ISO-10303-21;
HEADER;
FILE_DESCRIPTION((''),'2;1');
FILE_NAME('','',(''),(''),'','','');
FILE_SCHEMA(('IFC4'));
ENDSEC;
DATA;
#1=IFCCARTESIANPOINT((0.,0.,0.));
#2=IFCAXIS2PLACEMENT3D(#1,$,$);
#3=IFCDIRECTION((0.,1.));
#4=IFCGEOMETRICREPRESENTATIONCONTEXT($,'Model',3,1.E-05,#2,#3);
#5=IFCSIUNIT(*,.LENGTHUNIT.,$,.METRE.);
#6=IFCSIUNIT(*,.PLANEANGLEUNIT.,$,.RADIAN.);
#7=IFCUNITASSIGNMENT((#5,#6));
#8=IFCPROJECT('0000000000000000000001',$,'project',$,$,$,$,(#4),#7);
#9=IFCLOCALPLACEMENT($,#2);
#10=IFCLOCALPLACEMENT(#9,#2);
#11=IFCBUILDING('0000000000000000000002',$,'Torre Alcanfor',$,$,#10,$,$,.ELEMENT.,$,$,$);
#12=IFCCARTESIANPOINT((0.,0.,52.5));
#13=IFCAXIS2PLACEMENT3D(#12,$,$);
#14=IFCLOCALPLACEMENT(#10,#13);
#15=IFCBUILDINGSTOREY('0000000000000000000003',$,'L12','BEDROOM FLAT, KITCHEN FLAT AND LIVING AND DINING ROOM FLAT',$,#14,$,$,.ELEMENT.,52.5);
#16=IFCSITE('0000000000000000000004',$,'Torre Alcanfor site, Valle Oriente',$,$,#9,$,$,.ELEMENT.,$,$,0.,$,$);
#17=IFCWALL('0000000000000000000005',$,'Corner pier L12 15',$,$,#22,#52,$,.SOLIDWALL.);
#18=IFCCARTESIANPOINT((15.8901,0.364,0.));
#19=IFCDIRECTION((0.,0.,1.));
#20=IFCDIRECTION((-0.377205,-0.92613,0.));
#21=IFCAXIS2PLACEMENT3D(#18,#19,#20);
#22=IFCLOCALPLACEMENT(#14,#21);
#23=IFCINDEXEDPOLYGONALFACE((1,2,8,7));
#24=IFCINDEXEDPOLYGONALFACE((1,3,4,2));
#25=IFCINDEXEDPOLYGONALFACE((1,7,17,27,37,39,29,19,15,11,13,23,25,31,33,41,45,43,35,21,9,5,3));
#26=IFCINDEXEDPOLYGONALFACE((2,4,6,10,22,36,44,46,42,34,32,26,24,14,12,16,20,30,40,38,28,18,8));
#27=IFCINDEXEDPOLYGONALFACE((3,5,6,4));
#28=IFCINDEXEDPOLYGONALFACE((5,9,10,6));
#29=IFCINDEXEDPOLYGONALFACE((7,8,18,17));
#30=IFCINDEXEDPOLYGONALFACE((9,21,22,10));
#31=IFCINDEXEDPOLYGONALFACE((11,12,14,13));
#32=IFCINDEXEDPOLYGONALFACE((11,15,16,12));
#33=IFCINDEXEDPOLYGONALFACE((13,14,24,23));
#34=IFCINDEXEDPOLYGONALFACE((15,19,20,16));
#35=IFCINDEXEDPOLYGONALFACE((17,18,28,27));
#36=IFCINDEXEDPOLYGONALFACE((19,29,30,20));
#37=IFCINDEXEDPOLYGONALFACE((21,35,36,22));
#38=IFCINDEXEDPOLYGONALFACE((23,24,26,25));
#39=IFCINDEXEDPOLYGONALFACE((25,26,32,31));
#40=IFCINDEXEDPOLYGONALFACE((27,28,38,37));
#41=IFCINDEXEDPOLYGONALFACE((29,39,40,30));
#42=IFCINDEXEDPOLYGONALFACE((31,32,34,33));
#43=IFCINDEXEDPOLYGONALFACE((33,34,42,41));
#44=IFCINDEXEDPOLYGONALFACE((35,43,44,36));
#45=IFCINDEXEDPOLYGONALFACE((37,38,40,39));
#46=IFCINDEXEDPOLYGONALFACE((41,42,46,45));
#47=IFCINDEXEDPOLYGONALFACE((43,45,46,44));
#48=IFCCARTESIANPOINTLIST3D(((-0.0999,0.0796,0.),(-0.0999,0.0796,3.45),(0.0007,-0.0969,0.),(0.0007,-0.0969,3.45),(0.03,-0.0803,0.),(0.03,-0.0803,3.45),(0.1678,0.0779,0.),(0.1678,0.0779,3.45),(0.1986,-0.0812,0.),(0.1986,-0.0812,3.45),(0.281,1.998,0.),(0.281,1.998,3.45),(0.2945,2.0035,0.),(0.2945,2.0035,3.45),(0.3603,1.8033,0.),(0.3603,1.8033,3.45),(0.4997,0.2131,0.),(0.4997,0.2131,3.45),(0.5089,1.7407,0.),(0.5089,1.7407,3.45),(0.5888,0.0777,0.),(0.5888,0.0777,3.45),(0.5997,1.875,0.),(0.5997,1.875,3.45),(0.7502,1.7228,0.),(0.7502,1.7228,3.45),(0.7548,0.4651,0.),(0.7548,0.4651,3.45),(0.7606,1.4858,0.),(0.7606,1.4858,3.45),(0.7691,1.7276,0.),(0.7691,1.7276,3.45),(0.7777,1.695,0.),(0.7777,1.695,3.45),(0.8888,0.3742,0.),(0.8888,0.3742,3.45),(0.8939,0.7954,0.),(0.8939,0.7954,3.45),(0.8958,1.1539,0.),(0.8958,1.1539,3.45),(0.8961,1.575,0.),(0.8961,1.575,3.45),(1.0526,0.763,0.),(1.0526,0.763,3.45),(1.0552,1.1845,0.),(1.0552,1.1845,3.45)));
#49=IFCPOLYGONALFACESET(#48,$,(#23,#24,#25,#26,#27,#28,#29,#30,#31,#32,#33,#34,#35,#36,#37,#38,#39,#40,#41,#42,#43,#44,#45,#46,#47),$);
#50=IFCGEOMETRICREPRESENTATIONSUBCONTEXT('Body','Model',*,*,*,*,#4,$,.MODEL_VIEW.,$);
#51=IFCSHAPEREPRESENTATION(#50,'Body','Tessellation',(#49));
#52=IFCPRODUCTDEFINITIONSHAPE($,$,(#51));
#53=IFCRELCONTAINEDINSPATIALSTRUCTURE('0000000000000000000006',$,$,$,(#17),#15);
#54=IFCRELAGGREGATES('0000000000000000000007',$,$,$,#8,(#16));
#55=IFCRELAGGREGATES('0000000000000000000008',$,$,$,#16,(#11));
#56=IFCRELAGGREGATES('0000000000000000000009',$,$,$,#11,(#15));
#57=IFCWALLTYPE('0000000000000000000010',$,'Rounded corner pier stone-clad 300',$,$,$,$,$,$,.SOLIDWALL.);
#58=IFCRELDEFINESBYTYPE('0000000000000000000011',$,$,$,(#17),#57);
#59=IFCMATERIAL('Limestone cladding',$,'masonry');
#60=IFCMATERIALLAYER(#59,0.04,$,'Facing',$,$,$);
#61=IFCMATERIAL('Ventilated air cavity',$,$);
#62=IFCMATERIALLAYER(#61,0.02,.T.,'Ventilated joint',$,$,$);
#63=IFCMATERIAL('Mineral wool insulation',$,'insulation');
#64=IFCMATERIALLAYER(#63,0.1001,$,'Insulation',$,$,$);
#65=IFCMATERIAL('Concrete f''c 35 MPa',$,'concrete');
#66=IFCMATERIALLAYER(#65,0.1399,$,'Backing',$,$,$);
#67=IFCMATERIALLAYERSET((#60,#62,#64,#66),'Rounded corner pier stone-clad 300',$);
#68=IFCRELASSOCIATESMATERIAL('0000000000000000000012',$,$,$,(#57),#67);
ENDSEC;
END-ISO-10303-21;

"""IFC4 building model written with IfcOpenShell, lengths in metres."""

from ifc_helpers import new_model, si_unit, direction, frame, origin, place, context, subcontext, project, spatial, polyline, outline, extrude, material, layer, layer_set, type_object, element, save


model = new_model("IFC4")

# Units and contexts
model_context = context("Model", 3, precision=1e-05, world=origin(), true_north=direction((0.0, 1.0)))
body_context = subcontext(model_context, "Body", "Model", "MODEL_VIEW")
ifc_project = project(units=[si_unit("LENGTHUNIT", "METRE"), si_unit("PLANEANGLEUNIT", "RADIAN")], contexts=[model_context])

# Site, building, storey
site_placement = place(None, origin())
site = spatial("IfcSite", under=ifc_project, at=site_placement, Name="Torre Alcanfor site, Valle Oriente", CompositionType="ELEMENT", RefElevation=0.0)
building_placement = place(site_placement, origin())
building = spatial("IfcBuilding", under=site, at=building_placement, Name="Torre Alcanfor", CompositionType="ELEMENT")
storey_placement = place(building_placement, frame((0.0, 0.0, 52.5)))
storey = spatial("IfcBuildingStorey", under=building, at=storey_placement, Name="L12", Description="BEDROOM FLAT, KITCHEN FLAT AND LIVING AND DINING ROOM FLAT", CompositionType="ELEMENT", Elevation=52.5)

# Shared definitions
ifc_material_1 = material(Name="Limestone cladding", Category="masonry")
ifc_material_2 = material(Name="Ventilated air cavity")
ifc_material_3 = material(Name="Mineral wool insulation", Category="insulation")
ifc_material_4 = material(Name="Concrete f'c 35 MPa", Category="concrete")

# Wall
ifc_layer_1 = layer(ifc_material_1, 0.04, Name="Facing")
ifc_layer_2 = layer(ifc_material_2, 0.02, ventilated=True, Name="Ventilated joint")
ifc_layer_3 = layer(ifc_material_3, 0.1001, Name="Insulation")
ifc_layer_4 = layer(ifc_material_4, 0.1399, Name="Backing")
ifc_layer_set_1 = layer_set([ifc_layer_1, ifc_layer_2, ifc_layer_3, ifc_layer_4], Name="Rounded corner pier stone-clad 300")
wall_type_1 = type_object("IfcWallType", Name="Rounded corner pier stone-clad 300", PredefinedType="SOLIDWALL", material=ifc_layer_set_1)
wall_1_placement = place(storey_placement, frame((15.8901, 0.364, 0.0), z_axis=(0.0, 0.0, 1.0), x_axis=(-0.377205, -0.92613, 0.0)))
element("IfcWall", 1, at=wall_1_placement, inside=storey, type_object=wall_type_1, Name="Corner pier L12 15", PredefinedType="SOLIDWALL", context=body_context, shape_type="SweptSolid", body=[
    extrude(outline(polyline([(0.3603, 1.8033), (0.5089, 1.7407), (0.7606, 1.4858), (0.8958, 1.1539), (0.8939, 0.7954), (0.7548, 0.4651), (0.4997, 0.2131), (0.1678, 0.0779), (-0.0999, 0.0796), (0.0007, -0.0969), (0.03, -0.0803), (0.1986, -0.0812), (0.5888, 0.0777), (0.8888, 0.3742), (1.0526, 0.763), (1.0552, 1.1845), (0.8961, 1.575), (0.7777, 1.695), (0.7691, 1.7276), (0.7502, 1.7228), (0.5997, 1.875), (0.2945, 2.0035), (0.281, 1.998), (0.3603, 1.8033)])), origin(), (0.0, 0.0, 1.0), 3.45),
])

save(model, "model.ifc")
